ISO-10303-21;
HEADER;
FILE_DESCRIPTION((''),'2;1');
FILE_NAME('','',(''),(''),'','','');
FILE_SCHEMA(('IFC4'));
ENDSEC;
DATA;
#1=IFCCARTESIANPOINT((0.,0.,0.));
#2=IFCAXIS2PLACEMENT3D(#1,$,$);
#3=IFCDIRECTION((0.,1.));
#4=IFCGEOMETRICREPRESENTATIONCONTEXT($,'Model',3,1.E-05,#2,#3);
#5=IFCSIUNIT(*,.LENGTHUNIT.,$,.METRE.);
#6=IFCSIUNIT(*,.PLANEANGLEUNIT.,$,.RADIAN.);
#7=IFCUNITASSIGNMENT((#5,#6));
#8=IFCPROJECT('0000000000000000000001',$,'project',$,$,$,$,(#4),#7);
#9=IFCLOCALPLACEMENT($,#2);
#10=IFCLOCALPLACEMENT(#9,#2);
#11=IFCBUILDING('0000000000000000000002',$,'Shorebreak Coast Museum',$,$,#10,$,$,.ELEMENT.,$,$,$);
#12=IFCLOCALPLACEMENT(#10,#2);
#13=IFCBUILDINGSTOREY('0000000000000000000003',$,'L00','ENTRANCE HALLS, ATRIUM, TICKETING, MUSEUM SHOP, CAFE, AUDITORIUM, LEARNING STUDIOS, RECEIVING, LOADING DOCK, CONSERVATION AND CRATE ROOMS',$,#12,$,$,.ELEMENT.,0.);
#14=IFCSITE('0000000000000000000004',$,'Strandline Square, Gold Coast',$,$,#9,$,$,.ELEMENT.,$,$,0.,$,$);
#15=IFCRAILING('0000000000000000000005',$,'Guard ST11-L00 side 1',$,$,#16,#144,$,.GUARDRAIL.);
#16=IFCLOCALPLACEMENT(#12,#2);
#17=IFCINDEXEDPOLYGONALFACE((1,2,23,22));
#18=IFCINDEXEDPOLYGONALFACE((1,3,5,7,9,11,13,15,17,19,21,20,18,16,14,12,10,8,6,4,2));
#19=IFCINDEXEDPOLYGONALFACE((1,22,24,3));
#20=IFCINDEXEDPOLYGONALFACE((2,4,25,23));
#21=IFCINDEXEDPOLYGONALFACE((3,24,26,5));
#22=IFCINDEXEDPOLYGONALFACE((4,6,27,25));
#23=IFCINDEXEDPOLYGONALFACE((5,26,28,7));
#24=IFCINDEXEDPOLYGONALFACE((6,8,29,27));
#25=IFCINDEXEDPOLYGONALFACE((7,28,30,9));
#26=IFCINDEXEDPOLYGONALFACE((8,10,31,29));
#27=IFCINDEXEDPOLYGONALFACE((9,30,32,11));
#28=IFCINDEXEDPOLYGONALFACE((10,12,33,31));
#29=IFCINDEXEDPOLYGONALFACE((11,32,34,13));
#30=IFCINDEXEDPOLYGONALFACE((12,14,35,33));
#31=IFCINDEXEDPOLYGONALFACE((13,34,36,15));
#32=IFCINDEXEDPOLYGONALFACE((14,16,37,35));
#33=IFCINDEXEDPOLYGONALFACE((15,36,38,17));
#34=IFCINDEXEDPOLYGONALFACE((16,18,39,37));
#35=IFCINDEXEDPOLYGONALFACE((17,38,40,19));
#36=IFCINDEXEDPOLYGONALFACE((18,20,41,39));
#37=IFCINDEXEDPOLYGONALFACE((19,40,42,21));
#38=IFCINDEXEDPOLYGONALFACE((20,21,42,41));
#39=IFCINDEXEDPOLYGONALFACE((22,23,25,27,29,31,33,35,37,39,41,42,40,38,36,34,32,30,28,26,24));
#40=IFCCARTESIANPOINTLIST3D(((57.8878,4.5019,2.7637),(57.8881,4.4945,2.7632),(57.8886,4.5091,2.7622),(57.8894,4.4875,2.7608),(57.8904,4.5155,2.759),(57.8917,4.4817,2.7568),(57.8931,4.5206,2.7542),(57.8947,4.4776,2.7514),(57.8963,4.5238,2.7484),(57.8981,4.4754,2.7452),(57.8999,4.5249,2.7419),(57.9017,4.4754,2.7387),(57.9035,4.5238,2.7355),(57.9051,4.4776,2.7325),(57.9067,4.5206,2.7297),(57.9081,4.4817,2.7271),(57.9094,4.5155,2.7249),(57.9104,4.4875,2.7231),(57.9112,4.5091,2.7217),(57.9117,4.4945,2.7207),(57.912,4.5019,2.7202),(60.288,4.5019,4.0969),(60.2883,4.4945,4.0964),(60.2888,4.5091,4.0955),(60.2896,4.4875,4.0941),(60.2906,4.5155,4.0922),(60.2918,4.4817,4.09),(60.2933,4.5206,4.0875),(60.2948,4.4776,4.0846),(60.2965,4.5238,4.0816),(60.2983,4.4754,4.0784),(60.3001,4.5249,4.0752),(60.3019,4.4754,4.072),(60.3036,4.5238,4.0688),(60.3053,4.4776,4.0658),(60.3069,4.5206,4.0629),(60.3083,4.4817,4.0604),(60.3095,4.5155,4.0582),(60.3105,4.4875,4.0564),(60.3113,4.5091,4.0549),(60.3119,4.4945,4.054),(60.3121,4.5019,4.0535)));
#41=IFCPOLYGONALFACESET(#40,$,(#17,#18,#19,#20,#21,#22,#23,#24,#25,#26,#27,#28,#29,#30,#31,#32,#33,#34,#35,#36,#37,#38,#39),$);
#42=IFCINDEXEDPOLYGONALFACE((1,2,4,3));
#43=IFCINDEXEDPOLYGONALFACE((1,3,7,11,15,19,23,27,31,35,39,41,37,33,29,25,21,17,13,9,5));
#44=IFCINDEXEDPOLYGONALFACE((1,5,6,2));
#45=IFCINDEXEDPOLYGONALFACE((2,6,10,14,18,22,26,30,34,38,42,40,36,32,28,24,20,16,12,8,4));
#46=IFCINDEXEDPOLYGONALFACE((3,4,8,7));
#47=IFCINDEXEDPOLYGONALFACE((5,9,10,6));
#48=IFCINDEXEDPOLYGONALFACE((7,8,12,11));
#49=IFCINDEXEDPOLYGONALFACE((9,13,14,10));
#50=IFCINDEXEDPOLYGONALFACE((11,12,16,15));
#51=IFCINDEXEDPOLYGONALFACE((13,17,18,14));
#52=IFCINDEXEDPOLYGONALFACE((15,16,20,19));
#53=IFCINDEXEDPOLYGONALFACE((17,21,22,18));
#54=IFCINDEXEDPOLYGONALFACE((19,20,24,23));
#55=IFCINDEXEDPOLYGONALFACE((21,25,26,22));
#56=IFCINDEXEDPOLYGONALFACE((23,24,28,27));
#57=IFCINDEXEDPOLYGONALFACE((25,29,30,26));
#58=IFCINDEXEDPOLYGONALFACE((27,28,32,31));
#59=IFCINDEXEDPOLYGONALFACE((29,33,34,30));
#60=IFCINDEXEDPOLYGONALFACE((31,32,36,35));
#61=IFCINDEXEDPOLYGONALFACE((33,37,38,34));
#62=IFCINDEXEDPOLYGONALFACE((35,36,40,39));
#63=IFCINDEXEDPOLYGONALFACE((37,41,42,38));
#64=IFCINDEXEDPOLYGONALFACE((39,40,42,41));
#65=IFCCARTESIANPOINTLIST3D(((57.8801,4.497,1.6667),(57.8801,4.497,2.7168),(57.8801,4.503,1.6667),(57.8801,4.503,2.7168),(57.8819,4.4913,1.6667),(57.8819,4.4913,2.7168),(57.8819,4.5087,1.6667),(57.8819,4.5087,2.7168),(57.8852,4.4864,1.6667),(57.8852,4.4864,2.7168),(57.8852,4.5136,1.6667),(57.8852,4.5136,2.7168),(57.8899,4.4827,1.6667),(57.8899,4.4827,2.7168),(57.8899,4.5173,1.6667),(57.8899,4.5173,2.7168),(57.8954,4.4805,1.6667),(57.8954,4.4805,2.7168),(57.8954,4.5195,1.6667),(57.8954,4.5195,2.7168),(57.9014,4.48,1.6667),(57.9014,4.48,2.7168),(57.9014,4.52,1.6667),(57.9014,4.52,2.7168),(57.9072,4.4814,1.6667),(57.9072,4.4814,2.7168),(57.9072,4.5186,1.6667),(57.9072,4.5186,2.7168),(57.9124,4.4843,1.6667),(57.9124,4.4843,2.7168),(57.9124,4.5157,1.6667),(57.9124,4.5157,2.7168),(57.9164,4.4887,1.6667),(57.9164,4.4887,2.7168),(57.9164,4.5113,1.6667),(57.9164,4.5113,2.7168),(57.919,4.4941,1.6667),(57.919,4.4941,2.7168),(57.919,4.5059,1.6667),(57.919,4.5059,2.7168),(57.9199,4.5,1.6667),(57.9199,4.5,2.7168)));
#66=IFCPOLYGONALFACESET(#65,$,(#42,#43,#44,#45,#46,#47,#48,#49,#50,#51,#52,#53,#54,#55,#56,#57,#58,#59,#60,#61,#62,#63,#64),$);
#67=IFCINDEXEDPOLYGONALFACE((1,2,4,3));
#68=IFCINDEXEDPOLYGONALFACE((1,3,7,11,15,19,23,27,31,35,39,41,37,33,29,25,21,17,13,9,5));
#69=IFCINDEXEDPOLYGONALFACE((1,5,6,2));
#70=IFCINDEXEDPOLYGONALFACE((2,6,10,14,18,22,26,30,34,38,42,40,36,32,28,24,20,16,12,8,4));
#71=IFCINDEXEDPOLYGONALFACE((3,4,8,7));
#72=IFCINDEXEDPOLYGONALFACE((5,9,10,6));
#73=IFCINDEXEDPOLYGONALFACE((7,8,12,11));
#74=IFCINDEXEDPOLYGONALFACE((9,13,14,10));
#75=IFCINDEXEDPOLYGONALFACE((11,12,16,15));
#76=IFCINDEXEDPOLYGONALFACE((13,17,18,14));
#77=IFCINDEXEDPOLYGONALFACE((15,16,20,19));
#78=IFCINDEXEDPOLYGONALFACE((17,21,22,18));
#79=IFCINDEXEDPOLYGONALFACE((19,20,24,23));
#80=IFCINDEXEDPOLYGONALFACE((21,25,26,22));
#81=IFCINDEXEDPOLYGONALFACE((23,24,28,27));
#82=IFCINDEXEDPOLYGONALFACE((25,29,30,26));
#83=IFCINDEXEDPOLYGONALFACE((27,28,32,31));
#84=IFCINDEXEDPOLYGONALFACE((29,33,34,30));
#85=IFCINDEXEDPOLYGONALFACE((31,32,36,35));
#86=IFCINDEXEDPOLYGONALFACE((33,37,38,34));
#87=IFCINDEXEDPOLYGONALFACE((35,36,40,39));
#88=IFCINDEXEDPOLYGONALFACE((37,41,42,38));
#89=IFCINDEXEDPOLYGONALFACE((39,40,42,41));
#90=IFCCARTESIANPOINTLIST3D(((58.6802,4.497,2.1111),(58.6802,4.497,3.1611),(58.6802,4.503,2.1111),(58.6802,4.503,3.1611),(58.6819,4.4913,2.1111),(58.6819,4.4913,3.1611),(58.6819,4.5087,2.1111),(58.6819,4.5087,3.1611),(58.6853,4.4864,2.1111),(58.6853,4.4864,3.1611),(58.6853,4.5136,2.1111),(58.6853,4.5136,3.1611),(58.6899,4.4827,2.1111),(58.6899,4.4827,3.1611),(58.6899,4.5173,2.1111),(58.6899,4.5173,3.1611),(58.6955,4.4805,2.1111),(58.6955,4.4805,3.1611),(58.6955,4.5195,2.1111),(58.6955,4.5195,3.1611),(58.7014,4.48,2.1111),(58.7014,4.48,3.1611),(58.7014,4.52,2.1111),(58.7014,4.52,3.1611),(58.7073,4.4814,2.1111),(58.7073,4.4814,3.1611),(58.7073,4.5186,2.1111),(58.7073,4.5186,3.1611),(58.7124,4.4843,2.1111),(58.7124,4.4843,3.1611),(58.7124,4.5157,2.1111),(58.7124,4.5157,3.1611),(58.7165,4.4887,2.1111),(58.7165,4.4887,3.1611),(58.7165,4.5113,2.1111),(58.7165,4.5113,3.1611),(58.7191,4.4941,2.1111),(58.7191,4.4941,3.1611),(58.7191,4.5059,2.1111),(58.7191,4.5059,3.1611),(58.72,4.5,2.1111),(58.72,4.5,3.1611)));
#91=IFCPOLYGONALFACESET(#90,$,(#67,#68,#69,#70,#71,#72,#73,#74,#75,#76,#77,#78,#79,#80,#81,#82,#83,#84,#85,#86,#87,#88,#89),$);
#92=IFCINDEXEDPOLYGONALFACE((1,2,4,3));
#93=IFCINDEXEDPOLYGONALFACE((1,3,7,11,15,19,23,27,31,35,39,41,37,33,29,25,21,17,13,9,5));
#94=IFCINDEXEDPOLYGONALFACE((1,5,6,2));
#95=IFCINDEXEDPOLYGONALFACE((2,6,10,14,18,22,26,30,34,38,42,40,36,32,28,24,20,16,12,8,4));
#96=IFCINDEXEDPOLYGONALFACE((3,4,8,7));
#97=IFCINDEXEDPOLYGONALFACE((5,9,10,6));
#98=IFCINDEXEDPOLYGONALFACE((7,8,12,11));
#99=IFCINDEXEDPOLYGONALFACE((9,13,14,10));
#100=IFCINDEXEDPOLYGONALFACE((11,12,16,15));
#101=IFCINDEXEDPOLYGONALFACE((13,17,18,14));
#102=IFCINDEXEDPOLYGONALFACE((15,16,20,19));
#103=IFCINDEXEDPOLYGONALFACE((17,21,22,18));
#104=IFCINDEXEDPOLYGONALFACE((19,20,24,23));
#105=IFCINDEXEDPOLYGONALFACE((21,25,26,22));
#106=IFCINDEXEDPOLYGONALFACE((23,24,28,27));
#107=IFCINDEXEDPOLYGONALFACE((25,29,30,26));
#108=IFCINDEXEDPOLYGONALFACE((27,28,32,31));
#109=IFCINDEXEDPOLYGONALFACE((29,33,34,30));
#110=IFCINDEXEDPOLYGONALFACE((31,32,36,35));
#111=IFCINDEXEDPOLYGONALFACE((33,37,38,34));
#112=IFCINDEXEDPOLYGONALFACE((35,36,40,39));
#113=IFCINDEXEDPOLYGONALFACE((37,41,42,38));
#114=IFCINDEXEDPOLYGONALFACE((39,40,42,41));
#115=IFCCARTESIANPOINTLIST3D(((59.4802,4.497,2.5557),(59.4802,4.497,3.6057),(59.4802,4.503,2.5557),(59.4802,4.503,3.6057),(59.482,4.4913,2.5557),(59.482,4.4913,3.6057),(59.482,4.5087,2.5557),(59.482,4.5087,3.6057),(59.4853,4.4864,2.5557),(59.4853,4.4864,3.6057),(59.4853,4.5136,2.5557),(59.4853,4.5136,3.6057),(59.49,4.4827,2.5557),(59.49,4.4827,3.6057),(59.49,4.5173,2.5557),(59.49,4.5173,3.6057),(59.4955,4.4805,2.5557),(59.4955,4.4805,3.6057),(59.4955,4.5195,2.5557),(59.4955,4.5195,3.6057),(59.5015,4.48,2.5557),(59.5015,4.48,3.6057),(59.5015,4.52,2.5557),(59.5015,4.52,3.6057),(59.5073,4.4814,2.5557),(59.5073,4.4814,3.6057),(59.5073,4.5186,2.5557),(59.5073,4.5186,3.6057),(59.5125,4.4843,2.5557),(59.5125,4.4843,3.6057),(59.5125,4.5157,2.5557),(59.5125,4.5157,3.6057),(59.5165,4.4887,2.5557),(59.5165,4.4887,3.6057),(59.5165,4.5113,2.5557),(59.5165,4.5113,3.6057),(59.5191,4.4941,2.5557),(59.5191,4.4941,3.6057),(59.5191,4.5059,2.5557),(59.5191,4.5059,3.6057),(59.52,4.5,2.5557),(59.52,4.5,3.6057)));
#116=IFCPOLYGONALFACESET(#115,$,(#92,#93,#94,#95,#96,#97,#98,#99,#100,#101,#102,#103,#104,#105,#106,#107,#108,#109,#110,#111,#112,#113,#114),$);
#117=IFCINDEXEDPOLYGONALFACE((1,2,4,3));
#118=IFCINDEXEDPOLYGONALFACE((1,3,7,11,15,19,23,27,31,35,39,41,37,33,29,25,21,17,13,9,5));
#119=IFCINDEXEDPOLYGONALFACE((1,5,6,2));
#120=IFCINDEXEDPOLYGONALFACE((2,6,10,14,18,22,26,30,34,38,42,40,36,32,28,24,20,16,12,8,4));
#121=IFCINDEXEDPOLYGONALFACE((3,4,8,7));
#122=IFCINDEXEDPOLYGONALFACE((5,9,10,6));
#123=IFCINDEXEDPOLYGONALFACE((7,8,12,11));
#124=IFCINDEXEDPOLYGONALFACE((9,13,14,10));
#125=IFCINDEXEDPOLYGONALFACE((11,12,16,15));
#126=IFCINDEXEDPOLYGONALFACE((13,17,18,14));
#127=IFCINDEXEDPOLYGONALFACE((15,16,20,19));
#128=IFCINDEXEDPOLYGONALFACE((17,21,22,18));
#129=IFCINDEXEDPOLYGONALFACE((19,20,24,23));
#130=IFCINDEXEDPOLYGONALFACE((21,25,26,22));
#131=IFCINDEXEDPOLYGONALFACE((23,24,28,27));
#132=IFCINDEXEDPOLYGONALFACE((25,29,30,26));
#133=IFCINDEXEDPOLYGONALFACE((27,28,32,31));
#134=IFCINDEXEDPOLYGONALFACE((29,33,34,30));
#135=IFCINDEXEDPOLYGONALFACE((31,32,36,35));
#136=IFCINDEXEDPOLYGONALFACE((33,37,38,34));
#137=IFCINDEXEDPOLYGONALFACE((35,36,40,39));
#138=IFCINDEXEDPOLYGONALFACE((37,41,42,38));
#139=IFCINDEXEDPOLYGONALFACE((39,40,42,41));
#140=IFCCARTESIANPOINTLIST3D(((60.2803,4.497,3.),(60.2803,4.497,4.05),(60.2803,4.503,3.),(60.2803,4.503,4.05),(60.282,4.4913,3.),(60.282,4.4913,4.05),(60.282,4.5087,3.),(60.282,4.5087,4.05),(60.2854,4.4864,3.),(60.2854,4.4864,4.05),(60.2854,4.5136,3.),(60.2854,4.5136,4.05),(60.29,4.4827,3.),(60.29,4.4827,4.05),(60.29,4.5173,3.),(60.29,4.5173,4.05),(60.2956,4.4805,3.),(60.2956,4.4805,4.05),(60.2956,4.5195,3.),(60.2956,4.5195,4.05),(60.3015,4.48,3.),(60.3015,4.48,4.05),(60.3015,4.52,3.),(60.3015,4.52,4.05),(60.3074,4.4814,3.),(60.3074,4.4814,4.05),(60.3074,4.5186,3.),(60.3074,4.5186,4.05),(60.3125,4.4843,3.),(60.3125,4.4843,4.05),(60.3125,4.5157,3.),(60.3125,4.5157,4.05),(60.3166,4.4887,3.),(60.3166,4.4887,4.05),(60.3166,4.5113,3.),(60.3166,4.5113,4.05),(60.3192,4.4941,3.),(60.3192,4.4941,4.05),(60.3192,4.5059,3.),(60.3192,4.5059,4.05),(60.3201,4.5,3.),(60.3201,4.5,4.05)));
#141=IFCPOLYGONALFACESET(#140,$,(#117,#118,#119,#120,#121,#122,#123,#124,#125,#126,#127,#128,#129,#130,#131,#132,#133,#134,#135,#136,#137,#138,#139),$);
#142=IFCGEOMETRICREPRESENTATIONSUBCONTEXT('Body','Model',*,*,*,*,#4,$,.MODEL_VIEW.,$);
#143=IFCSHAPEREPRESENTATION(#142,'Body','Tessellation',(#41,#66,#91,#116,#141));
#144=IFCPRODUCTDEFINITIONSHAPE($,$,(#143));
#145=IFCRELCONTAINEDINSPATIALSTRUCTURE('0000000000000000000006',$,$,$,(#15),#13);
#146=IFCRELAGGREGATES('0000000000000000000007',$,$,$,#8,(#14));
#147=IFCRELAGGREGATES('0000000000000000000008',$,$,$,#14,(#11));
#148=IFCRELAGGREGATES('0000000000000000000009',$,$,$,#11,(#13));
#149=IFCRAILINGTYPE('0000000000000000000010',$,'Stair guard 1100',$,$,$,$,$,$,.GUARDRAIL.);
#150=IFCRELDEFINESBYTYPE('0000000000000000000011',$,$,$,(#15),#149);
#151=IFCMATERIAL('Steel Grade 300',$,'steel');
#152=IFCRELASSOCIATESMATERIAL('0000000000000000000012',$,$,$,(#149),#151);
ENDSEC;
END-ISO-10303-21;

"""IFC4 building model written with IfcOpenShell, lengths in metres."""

from ifc_helpers import new_model, si_unit, direction, frame, origin, origin_2d, place, context, subcontext, project, spatial, circle, extrude, material, type_object, element, save


model = new_model("IFC4")

# Units and contexts
model_context = context("Model", 3, precision=1e-05, world=origin(), true_north=direction((0.0, 1.0)))
body_context = subcontext(model_context, "Body", "Model", "MODEL_VIEW")
ifc_project = project(units=[si_unit("LENGTHUNIT", "METRE"), si_unit("PLANEANGLEUNIT", "RADIAN")], contexts=[model_context])

# Site, building, storey
site_placement = place(None, origin())
site = spatial("IfcSite", under=ifc_project, at=site_placement, Name="Strandline Square, Gold Coast", CompositionType="ELEMENT", RefElevation=0.0)
building_placement = place(site_placement, origin())
building = spatial("IfcBuilding", under=site, at=building_placement, Name="Shorebreak Coast Museum", CompositionType="ELEMENT")
storey_placement = place(building_placement, origin())
storey = spatial("IfcBuildingStorey", under=building, at=storey_placement, Name="L00", Description="ENTRANCE HALLS, ATRIUM, TICKETING, MUSEUM SHOP, CAFE, AUDITORIUM, LEARNING STUDIOS, RECEIVING, LOADING DOCK, CONSERVATION AND CRATE ROOMS", CompositionType="ELEMENT", Elevation=0.0)

# Railing
ifc_material_1 = material(Name="Steel Grade 300", Category="steel")
railing_type_1 = type_object("IfcRailingType", Name="Stair guard 1100", PredefinedType="GUARDRAIL", material=ifc_material_1)
for number, where, name in (
    (1, (57.8999, 4.5, 1.6667), "Guard ST11-L00 side 1"),
):
    element("IfcRailing", number, at=place(storey_placement, frame(where)), inside=storey, type_object=railing_type_1, Name=name, PredefinedType="GUARDRAIL", context=body_context, shape_type="SweptSolid", body=[
        extrude(circle(Radius=0.0249, at=origin_2d()), frame((0.0, 0.0, 1.0752), z_axis=(0.874182, 0.0, 0.485598), x_axis=(0.0, 1.0, 0.0)), (0.0, 0.0, 1.0), 2.7456),
        extrude(circle(Radius=0.02, at=origin_2d()), origin(), (0.0, 0.0, 1.0), 1.05),
        extrude(circle(Radius=0.02, at=origin_2d()), frame((0.8, 0.0, 0.4443)), (0.0, 0.0, 1.0), 1.05),
        extrude(circle(Radius=0.02, at=origin_2d()), frame((1.6001, 0.0, 0.8889)), (0.0, 0.0, 1.0), 1.05),
        extrude(circle(Radius=0.02, at=origin_2d()), frame((2.4001, 0.0, 1.3333)), (0.0, 0.0, 1.0), 1.05),
    ])

save(model, "model.ifc")
